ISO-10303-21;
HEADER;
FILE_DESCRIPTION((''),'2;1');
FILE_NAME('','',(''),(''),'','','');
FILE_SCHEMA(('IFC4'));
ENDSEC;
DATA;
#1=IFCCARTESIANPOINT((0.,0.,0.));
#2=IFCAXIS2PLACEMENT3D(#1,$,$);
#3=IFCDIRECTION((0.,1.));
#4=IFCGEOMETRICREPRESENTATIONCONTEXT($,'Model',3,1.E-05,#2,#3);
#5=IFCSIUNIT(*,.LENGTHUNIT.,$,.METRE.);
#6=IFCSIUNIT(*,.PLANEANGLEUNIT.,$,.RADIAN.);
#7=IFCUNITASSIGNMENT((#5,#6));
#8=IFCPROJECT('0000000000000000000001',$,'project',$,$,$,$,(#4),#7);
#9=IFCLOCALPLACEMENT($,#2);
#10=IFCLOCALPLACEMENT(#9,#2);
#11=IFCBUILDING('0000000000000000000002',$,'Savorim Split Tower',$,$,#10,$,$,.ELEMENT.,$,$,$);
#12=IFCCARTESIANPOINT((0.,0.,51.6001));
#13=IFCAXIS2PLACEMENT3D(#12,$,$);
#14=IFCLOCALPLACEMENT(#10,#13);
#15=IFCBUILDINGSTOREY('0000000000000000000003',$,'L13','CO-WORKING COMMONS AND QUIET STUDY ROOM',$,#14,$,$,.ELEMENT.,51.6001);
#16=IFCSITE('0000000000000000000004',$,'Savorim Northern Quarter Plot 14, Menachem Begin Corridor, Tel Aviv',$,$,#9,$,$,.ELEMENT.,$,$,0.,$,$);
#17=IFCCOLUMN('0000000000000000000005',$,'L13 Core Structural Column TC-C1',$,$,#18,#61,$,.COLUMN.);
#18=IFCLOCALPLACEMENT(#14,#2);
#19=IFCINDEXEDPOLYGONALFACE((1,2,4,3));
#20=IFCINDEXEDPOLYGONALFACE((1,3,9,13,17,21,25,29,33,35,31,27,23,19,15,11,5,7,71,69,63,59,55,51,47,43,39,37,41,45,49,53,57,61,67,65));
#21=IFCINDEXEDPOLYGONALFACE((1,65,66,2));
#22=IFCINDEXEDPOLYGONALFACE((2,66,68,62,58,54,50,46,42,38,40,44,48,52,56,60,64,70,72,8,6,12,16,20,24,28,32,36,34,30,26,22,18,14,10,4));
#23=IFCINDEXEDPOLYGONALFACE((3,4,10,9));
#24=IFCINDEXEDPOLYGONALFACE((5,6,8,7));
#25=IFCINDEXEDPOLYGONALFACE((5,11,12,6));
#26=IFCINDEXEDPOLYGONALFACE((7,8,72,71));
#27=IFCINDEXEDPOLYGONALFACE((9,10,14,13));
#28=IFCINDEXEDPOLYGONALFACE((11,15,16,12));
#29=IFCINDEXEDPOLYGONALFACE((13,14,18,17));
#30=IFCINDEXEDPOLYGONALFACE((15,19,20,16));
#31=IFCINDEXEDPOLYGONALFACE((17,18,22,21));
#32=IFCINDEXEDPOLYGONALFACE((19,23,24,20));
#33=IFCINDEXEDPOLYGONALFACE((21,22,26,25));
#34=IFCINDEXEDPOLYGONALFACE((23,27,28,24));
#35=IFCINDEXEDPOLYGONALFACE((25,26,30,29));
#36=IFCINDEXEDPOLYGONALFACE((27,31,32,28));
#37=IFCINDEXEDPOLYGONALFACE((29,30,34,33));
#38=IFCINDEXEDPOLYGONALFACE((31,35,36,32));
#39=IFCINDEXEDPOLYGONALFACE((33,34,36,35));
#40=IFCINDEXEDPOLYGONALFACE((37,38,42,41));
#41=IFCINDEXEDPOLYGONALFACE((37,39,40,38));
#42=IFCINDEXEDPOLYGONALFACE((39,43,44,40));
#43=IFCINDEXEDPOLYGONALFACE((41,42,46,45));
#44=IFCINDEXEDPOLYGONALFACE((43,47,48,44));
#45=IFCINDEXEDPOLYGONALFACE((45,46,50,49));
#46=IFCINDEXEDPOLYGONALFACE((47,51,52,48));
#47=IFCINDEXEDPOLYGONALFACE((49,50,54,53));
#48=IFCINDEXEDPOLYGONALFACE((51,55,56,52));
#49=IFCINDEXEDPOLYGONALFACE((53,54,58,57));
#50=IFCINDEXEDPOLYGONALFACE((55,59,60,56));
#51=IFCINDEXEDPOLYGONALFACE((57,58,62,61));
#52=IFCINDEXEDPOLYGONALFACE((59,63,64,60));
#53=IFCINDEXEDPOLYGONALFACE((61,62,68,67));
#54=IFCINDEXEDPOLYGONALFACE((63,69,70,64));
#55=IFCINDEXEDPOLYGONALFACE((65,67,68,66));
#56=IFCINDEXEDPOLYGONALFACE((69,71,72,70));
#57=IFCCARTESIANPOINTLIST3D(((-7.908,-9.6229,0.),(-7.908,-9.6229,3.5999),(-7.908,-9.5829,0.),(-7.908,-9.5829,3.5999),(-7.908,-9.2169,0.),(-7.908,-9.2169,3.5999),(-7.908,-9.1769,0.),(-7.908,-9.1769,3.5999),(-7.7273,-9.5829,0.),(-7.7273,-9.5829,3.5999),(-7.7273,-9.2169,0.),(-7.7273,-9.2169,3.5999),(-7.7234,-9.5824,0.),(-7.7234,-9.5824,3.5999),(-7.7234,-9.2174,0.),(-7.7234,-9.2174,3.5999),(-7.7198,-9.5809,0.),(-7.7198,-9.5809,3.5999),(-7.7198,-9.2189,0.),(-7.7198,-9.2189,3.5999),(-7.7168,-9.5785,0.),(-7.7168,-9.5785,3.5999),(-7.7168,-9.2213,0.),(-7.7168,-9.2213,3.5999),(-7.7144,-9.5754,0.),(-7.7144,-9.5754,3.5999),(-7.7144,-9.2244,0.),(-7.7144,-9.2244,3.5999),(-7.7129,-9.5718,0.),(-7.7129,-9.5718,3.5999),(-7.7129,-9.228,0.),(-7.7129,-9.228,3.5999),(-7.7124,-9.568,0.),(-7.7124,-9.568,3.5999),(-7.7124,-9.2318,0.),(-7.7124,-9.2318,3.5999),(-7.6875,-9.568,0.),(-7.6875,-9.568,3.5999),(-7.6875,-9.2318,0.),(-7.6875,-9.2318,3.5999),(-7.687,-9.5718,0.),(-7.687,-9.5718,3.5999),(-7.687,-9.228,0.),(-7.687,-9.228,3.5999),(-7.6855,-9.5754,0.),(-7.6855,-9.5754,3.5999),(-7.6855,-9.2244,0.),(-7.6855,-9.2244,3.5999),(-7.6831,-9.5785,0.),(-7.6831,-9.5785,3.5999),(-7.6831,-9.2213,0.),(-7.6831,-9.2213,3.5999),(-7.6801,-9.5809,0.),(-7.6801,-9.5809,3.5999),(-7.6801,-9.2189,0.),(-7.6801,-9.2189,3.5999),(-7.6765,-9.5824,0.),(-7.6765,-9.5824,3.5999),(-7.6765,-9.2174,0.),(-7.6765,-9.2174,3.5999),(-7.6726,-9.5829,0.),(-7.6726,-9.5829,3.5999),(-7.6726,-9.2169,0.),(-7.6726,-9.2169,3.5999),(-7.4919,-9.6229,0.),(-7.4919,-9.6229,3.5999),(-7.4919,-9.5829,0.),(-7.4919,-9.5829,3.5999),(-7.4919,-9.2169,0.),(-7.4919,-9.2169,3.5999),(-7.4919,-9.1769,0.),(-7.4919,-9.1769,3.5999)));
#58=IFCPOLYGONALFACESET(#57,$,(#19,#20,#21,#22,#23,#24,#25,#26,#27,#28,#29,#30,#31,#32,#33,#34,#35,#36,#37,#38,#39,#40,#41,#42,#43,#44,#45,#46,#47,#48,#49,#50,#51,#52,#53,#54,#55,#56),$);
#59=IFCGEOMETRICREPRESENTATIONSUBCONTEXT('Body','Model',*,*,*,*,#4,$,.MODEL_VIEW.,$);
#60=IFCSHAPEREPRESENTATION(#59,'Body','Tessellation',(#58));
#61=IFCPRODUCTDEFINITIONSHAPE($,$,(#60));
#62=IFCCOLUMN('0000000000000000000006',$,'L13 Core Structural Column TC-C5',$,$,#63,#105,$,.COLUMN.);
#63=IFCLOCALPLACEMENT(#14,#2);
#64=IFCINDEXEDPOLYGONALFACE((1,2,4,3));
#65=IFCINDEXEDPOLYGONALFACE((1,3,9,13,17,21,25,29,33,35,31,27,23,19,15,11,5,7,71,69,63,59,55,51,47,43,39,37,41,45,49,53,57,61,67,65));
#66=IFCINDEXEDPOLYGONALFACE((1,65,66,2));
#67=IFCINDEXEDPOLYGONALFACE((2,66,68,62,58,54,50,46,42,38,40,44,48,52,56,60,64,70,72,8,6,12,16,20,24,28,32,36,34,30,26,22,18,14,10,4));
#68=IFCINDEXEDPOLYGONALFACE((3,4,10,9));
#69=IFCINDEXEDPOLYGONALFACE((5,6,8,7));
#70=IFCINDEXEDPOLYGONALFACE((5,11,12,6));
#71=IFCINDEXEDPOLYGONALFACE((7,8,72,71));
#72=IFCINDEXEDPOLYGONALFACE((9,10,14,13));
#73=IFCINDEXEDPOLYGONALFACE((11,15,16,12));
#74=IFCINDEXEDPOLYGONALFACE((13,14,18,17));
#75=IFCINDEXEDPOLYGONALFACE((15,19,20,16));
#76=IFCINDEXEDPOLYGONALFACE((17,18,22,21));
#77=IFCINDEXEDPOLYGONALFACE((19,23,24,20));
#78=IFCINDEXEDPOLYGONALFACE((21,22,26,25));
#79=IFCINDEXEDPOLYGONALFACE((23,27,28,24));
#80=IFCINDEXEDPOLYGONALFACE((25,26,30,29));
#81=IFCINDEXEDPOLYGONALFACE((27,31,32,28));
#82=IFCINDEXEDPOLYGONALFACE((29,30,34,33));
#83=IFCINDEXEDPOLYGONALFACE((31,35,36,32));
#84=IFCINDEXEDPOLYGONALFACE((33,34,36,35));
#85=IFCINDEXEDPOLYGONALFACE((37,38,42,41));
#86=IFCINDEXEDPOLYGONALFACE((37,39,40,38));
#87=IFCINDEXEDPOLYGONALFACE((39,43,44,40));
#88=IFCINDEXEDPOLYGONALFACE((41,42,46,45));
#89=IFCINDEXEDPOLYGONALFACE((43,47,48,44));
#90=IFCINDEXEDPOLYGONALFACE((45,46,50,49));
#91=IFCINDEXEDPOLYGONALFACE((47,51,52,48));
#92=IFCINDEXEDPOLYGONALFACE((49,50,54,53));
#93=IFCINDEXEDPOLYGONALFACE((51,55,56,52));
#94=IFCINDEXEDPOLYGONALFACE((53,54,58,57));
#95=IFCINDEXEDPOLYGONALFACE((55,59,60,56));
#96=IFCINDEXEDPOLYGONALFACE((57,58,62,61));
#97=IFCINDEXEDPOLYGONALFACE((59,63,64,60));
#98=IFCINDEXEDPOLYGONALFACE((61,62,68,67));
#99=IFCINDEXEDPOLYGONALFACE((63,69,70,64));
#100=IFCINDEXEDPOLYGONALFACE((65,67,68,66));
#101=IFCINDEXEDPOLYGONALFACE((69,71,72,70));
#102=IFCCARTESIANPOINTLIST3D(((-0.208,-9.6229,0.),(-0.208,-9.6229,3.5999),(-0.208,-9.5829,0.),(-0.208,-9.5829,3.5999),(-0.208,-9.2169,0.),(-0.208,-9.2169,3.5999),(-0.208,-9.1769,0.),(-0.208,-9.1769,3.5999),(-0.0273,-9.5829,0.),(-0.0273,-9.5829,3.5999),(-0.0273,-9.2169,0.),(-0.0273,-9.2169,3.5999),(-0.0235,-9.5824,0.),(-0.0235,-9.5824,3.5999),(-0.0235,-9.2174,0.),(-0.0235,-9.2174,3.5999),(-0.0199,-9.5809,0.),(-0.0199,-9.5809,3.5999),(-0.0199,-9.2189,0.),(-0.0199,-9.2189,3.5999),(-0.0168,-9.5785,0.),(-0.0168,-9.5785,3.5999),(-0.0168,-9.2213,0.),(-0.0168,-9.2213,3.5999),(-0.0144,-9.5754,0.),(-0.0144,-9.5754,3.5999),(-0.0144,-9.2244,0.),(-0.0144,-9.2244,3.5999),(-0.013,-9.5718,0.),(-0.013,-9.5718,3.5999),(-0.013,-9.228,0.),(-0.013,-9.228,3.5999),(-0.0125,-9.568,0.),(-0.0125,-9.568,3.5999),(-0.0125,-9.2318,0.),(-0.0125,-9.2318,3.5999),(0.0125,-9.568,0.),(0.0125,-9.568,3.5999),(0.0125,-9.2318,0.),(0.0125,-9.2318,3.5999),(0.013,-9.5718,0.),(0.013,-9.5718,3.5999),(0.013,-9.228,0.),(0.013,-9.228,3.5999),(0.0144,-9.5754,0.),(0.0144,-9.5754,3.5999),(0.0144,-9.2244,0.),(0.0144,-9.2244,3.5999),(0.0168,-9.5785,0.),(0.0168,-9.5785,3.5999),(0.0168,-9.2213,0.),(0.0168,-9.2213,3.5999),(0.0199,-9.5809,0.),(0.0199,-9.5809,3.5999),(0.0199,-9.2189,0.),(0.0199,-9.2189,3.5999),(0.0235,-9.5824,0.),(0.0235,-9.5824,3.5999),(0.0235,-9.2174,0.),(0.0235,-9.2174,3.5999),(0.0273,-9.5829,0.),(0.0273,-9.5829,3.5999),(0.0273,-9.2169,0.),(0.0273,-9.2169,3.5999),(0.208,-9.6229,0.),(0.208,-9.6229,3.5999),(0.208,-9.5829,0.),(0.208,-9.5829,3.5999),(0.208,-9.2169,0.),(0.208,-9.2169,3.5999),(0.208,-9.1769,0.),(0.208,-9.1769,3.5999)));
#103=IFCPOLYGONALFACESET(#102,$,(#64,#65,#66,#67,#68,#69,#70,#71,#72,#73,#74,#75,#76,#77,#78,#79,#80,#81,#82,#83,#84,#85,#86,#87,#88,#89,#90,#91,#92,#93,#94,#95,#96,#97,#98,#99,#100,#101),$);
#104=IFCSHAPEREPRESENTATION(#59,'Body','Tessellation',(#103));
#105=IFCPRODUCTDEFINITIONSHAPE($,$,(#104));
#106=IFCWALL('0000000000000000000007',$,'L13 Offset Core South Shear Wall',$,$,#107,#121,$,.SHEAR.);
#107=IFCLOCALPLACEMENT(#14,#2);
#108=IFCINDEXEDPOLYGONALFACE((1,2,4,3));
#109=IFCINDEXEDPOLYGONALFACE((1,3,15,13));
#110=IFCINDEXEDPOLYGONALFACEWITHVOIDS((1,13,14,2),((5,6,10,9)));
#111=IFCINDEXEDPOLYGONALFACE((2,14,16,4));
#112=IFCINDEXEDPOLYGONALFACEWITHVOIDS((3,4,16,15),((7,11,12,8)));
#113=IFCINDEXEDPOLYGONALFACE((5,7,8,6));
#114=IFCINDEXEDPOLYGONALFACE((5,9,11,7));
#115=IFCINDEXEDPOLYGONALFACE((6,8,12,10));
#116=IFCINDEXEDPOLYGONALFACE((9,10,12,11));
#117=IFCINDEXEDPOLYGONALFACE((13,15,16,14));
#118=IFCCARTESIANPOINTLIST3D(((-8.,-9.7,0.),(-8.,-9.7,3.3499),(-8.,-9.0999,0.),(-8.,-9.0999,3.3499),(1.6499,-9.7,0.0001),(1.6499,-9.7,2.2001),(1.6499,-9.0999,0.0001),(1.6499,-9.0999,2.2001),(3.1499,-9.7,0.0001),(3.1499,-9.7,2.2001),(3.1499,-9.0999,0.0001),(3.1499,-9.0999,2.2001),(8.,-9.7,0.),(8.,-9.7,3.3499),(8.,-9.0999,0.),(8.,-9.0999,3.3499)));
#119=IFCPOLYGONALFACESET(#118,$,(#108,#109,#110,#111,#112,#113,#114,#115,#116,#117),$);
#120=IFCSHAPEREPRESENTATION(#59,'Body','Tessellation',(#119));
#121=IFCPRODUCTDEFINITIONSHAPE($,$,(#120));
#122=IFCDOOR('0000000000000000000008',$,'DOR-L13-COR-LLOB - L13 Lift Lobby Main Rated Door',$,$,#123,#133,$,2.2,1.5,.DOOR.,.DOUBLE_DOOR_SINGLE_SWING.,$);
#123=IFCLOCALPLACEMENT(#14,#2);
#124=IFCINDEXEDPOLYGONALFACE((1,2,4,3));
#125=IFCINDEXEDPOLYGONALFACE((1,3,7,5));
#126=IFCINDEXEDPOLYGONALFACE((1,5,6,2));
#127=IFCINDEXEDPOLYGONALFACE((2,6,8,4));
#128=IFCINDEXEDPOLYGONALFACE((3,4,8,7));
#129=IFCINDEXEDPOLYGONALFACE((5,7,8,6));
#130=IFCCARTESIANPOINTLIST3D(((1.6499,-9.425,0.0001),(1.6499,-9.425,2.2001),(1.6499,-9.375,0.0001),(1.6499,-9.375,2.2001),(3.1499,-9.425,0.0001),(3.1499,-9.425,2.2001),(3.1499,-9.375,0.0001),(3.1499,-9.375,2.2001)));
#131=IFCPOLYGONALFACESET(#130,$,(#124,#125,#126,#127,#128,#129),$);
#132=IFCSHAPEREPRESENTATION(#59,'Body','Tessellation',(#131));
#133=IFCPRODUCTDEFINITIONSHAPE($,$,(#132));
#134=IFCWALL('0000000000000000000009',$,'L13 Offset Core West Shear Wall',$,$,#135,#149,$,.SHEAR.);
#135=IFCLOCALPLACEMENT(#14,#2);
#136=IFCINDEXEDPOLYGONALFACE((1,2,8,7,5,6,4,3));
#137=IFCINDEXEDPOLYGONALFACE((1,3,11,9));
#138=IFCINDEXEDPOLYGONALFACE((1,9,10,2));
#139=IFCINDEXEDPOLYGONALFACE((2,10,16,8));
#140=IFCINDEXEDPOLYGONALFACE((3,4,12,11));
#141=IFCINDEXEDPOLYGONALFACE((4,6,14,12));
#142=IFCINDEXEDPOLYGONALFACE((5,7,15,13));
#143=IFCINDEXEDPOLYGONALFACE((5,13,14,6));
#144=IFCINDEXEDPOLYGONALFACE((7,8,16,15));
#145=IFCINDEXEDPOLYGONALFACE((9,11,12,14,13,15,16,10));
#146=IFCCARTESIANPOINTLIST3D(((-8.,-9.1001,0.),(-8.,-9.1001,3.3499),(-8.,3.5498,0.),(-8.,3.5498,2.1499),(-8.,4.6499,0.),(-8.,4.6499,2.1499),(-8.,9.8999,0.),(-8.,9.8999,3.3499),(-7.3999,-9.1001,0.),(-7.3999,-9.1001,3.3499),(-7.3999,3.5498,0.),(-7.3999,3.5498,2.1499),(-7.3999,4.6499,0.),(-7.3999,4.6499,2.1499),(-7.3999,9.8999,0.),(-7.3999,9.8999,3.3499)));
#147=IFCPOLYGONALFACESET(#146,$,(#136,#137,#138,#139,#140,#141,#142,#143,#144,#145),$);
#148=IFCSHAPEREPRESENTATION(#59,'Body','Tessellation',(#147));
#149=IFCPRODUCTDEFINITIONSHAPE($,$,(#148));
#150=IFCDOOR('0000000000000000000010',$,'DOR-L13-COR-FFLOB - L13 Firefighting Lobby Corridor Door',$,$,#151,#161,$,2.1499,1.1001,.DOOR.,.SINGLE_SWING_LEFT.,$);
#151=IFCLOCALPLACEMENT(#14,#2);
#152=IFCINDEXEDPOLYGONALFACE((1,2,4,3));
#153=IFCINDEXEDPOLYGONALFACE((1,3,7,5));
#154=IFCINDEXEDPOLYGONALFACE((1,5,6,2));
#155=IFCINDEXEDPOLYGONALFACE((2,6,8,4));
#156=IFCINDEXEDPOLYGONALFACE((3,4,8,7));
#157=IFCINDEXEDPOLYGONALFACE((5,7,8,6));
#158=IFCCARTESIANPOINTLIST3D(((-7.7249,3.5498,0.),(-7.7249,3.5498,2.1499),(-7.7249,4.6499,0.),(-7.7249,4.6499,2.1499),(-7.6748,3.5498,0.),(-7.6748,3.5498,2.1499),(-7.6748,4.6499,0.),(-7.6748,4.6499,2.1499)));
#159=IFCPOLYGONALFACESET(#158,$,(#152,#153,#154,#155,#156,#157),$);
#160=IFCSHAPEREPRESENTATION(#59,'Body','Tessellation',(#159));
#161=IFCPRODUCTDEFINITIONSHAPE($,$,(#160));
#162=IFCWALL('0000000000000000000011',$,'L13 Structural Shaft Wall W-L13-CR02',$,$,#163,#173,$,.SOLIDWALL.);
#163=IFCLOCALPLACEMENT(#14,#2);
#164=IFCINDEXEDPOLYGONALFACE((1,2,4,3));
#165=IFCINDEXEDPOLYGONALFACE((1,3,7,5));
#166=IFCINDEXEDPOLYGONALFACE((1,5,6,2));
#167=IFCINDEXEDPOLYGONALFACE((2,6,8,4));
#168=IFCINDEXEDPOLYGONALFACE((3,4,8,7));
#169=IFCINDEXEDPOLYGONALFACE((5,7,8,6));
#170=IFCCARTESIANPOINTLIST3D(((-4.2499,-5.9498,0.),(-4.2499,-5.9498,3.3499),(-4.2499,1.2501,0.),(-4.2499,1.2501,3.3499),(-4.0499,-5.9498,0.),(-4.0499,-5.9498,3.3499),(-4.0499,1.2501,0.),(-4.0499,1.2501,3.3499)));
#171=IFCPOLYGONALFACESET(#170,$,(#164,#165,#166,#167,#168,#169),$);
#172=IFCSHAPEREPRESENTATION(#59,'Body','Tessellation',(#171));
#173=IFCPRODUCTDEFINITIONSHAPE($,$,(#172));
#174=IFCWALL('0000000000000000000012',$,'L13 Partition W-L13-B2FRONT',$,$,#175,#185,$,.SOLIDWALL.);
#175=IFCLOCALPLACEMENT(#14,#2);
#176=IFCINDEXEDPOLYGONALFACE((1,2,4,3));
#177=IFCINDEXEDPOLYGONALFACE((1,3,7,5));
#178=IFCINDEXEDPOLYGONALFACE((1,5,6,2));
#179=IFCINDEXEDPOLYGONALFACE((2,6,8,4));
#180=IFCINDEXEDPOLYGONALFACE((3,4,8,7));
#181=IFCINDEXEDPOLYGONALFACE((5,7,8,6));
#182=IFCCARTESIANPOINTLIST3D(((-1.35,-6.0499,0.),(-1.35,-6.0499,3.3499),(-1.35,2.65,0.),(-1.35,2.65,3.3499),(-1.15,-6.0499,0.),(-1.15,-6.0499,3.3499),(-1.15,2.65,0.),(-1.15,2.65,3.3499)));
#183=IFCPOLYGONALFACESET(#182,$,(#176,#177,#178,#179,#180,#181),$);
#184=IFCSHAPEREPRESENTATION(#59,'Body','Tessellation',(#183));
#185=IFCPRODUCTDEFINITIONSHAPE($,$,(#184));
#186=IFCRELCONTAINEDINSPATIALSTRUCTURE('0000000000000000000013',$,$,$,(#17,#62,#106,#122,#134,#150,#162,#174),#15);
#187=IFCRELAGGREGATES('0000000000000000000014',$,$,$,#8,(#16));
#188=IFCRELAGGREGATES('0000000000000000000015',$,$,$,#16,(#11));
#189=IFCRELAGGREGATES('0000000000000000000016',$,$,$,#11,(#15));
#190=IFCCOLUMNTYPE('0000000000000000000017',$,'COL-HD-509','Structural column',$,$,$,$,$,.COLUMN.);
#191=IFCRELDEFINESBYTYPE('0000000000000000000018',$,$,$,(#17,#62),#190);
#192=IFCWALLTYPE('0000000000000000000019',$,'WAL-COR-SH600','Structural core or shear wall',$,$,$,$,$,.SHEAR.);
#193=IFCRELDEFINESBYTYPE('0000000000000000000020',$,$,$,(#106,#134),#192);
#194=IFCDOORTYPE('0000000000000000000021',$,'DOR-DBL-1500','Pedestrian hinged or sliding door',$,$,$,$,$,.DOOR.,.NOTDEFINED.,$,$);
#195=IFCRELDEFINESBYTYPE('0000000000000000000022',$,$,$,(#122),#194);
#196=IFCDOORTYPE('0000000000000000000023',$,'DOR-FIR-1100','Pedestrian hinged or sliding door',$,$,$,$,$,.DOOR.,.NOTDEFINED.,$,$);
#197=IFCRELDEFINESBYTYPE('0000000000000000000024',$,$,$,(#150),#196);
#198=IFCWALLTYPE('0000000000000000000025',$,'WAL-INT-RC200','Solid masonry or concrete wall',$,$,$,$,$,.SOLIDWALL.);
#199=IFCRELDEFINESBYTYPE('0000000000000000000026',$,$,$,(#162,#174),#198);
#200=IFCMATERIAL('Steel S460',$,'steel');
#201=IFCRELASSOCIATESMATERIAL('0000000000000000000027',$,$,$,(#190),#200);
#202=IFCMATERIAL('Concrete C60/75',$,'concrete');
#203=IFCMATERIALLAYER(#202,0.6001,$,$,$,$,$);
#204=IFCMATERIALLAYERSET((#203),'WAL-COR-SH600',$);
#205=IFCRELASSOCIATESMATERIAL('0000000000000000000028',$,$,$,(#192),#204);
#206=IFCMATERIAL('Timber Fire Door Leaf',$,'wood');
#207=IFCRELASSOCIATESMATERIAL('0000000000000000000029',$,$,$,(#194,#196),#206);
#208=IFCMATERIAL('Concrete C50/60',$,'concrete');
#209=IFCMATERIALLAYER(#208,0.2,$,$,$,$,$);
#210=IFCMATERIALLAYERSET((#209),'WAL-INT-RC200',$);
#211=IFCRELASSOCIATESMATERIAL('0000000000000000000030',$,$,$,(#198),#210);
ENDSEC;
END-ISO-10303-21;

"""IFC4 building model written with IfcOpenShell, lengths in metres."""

from ifc_helpers import new_model, si_unit, direction, frame, frame_2d, origin, origin_2d, place, context, subcontext, project, spatial, rectangle, i_section, extrude, material, layer, layer_set, material_profile, profile_set, type_object, element, fill, save


model = new_model("IFC4")

# Units and contexts
model_context = context("Model", 3, precision=1e-05, world=origin(), true_north=direction((0.0, 1.0)))
body_context = subcontext(model_context, "Body", "Model", "MODEL_VIEW")
ifc_project = project(units=[si_unit("LENGTHUNIT", "METRE"), si_unit("PLANEANGLEUNIT", "RADIAN")], contexts=[model_context])

# Site, building, storey
site_placement = place(None, origin())
site = spatial("IfcSite", under=ifc_project, at=site_placement, Name="Savorim Northern Quarter Plot 14, Menachem Begin Corridor, Tel Aviv", CompositionType="ELEMENT", RefElevation=0.0)
building_placement = place(site_placement, origin())
building = spatial("IfcBuilding", under=site, at=building_placement, Name="Savorim Split Tower", CompositionType="ELEMENT")
storey_placement = place(building_placement, frame((0.0, 0.0, 51.6001)))
storey = spatial("IfcBuildingStorey", under=building, at=storey_placement, Name="L13", Description="CO-WORKING COMMONS AND QUIET STUDY ROOM", CompositionType="ELEMENT", Elevation=51.6001)

# Columns
ifc_material_1 = material(Name="Steel S460", Category="steel")
ifc_material_profile = material_profile(ifc_material_1, i_section(OverallWidth=0.416, OverallDepth=0.446, WebThickness=0.0249, FlangeThickness=0.04, FilletRadius=0.0149, at=origin_2d()), Name="HD 400x509")
ifc_profile_set = profile_set([ifc_material_profile], Name="Steel S460")
column_type = type_object("IfcColumnType", Name="COL-HD-509", Description="Structural column", PredefinedType="COLUMN", material=ifc_profile_set)
for number, where, z_axis, x_axis, name in (
    (1, (-7.7, -9.3999, 0.0), (0.0, 0.0, 1.0), (1.0, 0.0, 0.0), "L13 Core Structural Column TC-C1"),
    (2, (0.0, -9.3999, 0.0), (0.0, 0.0, 1.0), (1.0, 0.0, 0.0), "L13 Core Structural Column TC-C5"),
):
    element("IfcColumn", number, at=place(storey_placement, frame(where, z_axis=z_axis, x_axis=x_axis)), inside=storey, type_object=column_type, Name=name, PredefinedType="COLUMN", context=body_context, shape_type="SweptSolid", body=[
        extrude(i_section(OverallWidth=0.416, OverallDepth=0.446, WebThickness=0.0249, FlangeThickness=0.04, FilletRadius=0.0149, at=origin_2d()), origin(), (0.0, 0.0, 1.0), 3.5999),
    ])

# Walls, openings, doors
ifc_material_2 = material(Name="Concrete C60/75", Category="concrete")
ifc_layer_1 = layer(ifc_material_2, 0.6001)
ifc_layer_set_1 = layer_set([ifc_layer_1], Name="WAL-COR-SH600")
wall_type_1 = type_object("IfcWallType", Name="WAL-COR-SH600", Description="Structural core or shear wall", PredefinedType="SHEAR", material=ifc_layer_set_1)
wall_1_placement = place(storey_placement, frame((-8.0, -9.3999, 0.0), z_axis=(0.0, 0.0, 1.0), x_axis=(1.0, 0.0, 0.0)))
wall_1 = element("IfcWall", 3, at=wall_1_placement, inside=storey, type_object=wall_type_1, Name="L13 Offset Core South Shear Wall", PredefinedType="SHEAR", context=body_context, shape_type="SweptSolid", body=[
    extrude(rectangle(XDim=16.0, YDim=0.6001, at=frame_2d((8.0, 0.0))), origin(), (0.0, 0.0, 1.0), 3.3499),
])
opening_1_placement = place(wall_1_placement, frame((9.6499, 0.0, 0.0)))
opening_1 = element("IfcOpeningElement", 4, at=opening_1_placement, cuts=wall_1, PredefinedType="OPENING", context=body_context, shape_type="SweptSolid", body=[
    extrude(rectangle(XDim=1.5, YDim=2.2, at=frame_2d((0.75, 1.1001))), frame((0.0, 0.3101, 0.0), z_axis=(0.0, -1.0, 0.0), x_axis=(1.0, 0.0, 0.0)), (0.0, 0.0, 1.0), 0.6201),
])
ifc_material_3 = material(Name="Timber Fire Door Leaf", Category="wood")
door_type_1 = type_object("IfcDoorType", Name="DOR-DBL-1500", Description="Pedestrian hinged or sliding door", OperationType="NOTDEFINED", PredefinedType="DOOR", material=ifc_material_3)
door_1_placement = place(opening_1_placement, origin())
door_1 = element("IfcDoor", 5, at=door_1_placement, inside=storey, type_object=door_type_1, Name="DOR-L13-COR-LLOB - L13 Lift Lobby Main Rated Door", OperationType="DOUBLE_DOOR_SINGLE_SWING", OverallHeight=2.2, OverallWidth=1.5, PredefinedType="DOOR", context=body_context, shape_type="SweptSolid", body=[
    extrude(rectangle(XDim=1.5, YDim=2.2, at=frame_2d((0.75, 1.1001))), frame((0.0, 0.0249, 0.0), z_axis=(0.0, -1.0, 0.0), x_axis=(1.0, 0.0, 0.0)), (0.0, 0.0, 1.0), 0.05),
])
fill(opening_1, door_1)
wall_2_placement = place(storey_placement, frame((-7.7, -9.1001, 0.0), z_axis=(0.0, 0.0, 1.0), x_axis=(0.0, 1.0, 0.0)))
wall_2 = element("IfcWall", 6, at=wall_2_placement, inside=storey, type_object=wall_type_1, Name="L13 Offset Core West Shear Wall", PredefinedType="SHEAR", context=body_context, shape_type="SweptSolid", body=[
    extrude(rectangle(XDim=19.0, YDim=0.6001, at=frame_2d((9.5, 0.0))), origin(), (0.0, 0.0, 1.0), 3.3499),
])
opening_2_placement = place(wall_2_placement, frame((12.6499, 0.0, 0.0)))
opening_2 = element("IfcOpeningElement", 7, at=opening_2_placement, cuts=wall_2, PredefinedType="OPENING", context=body_context, shape_type="SweptSolid", body=[
    extrude(rectangle(XDim=1.1001, YDim=2.1499, at=frame_2d((0.55, 1.075))), frame((0.0, 0.3101, 0.0), z_axis=(0.0, -1.0, 0.0), x_axis=(1.0, 0.0, 0.0)), (0.0, 0.0, 1.0), 0.6201),
])
door_type_2 = type_object("IfcDoorType", Name="DOR-FIR-1100", Description="Pedestrian hinged or sliding door", OperationType="NOTDEFINED", PredefinedType="DOOR", material=ifc_material_3)
door_2_placement = place(opening_2_placement, origin())
door_2 = element("IfcDoor", 8, at=door_2_placement, inside=storey, type_object=door_type_2, Name="DOR-L13-COR-FFLOB - L13 Firefighting Lobby Corridor Door", OperationType="SINGLE_SWING_LEFT", OverallHeight=2.1499, OverallWidth=1.1001, PredefinedType="DOOR", context=body_context, shape_type="SweptSolid", body=[
    extrude(rectangle(XDim=1.1001, YDim=2.1499, at=frame_2d((0.55, 1.075))), frame((0.0, 0.0249, 0.0), z_axis=(0.0, -1.0, 0.0), x_axis=(1.0, 0.0, 0.0)), (0.0, 0.0, 1.0), 0.05),
])
fill(opening_2, door_2)

# Walls
ifc_material_4 = material(Name="Concrete C50/60", Category="concrete")
ifc_layer_2 = layer(ifc_material_4, 0.2)
ifc_layer_set_2 = layer_set([ifc_layer_2], Name="WAL-INT-RC200")
wall_type_2 = type_object("IfcWallType", Name="WAL-INT-RC200", Description="Solid masonry or concrete wall", PredefinedType="SOLIDWALL", material=ifc_layer_set_2)
wall_3_placement = place(storey_placement, frame((-4.1499, -5.95, 0.0), z_axis=(0.0, 0.0, 1.0), x_axis=(0.0, 1.0, 0.0)))
element("IfcWall", 9, at=wall_3_placement, inside=storey, type_object=wall_type_2, Name="L13 Structural Shaft Wall W-L13-CR02", PredefinedType="SOLIDWALL", context=body_context, shape_type="SweptSolid", body=[
    extrude(rectangle(XDim=7.2, YDim=0.2, at=frame_2d((3.6001, 0.0))), origin(), (0.0, 0.0, 1.0), 3.3499),
])
wall_4_placement = place(storey_placement, frame((-1.25, -6.05, 0.0), z_axis=(0.0, 0.0, 1.0), x_axis=(0.0, 1.0, 0.0)))
element("IfcWall", 10, at=wall_4_placement, inside=storey, type_object=wall_type_2, Name="L13 Partition W-L13-B2FRONT", PredefinedType="SOLIDWALL", context=body_context, shape_type="SweptSolid", body=[
    extrude(rectangle(XDim=8.7, YDim=0.2, at=frame_2d((4.3501, 0.0))), origin(), (0.0, 0.0, 1.0), 3.3499),
])

save(model, "model.ifc")
